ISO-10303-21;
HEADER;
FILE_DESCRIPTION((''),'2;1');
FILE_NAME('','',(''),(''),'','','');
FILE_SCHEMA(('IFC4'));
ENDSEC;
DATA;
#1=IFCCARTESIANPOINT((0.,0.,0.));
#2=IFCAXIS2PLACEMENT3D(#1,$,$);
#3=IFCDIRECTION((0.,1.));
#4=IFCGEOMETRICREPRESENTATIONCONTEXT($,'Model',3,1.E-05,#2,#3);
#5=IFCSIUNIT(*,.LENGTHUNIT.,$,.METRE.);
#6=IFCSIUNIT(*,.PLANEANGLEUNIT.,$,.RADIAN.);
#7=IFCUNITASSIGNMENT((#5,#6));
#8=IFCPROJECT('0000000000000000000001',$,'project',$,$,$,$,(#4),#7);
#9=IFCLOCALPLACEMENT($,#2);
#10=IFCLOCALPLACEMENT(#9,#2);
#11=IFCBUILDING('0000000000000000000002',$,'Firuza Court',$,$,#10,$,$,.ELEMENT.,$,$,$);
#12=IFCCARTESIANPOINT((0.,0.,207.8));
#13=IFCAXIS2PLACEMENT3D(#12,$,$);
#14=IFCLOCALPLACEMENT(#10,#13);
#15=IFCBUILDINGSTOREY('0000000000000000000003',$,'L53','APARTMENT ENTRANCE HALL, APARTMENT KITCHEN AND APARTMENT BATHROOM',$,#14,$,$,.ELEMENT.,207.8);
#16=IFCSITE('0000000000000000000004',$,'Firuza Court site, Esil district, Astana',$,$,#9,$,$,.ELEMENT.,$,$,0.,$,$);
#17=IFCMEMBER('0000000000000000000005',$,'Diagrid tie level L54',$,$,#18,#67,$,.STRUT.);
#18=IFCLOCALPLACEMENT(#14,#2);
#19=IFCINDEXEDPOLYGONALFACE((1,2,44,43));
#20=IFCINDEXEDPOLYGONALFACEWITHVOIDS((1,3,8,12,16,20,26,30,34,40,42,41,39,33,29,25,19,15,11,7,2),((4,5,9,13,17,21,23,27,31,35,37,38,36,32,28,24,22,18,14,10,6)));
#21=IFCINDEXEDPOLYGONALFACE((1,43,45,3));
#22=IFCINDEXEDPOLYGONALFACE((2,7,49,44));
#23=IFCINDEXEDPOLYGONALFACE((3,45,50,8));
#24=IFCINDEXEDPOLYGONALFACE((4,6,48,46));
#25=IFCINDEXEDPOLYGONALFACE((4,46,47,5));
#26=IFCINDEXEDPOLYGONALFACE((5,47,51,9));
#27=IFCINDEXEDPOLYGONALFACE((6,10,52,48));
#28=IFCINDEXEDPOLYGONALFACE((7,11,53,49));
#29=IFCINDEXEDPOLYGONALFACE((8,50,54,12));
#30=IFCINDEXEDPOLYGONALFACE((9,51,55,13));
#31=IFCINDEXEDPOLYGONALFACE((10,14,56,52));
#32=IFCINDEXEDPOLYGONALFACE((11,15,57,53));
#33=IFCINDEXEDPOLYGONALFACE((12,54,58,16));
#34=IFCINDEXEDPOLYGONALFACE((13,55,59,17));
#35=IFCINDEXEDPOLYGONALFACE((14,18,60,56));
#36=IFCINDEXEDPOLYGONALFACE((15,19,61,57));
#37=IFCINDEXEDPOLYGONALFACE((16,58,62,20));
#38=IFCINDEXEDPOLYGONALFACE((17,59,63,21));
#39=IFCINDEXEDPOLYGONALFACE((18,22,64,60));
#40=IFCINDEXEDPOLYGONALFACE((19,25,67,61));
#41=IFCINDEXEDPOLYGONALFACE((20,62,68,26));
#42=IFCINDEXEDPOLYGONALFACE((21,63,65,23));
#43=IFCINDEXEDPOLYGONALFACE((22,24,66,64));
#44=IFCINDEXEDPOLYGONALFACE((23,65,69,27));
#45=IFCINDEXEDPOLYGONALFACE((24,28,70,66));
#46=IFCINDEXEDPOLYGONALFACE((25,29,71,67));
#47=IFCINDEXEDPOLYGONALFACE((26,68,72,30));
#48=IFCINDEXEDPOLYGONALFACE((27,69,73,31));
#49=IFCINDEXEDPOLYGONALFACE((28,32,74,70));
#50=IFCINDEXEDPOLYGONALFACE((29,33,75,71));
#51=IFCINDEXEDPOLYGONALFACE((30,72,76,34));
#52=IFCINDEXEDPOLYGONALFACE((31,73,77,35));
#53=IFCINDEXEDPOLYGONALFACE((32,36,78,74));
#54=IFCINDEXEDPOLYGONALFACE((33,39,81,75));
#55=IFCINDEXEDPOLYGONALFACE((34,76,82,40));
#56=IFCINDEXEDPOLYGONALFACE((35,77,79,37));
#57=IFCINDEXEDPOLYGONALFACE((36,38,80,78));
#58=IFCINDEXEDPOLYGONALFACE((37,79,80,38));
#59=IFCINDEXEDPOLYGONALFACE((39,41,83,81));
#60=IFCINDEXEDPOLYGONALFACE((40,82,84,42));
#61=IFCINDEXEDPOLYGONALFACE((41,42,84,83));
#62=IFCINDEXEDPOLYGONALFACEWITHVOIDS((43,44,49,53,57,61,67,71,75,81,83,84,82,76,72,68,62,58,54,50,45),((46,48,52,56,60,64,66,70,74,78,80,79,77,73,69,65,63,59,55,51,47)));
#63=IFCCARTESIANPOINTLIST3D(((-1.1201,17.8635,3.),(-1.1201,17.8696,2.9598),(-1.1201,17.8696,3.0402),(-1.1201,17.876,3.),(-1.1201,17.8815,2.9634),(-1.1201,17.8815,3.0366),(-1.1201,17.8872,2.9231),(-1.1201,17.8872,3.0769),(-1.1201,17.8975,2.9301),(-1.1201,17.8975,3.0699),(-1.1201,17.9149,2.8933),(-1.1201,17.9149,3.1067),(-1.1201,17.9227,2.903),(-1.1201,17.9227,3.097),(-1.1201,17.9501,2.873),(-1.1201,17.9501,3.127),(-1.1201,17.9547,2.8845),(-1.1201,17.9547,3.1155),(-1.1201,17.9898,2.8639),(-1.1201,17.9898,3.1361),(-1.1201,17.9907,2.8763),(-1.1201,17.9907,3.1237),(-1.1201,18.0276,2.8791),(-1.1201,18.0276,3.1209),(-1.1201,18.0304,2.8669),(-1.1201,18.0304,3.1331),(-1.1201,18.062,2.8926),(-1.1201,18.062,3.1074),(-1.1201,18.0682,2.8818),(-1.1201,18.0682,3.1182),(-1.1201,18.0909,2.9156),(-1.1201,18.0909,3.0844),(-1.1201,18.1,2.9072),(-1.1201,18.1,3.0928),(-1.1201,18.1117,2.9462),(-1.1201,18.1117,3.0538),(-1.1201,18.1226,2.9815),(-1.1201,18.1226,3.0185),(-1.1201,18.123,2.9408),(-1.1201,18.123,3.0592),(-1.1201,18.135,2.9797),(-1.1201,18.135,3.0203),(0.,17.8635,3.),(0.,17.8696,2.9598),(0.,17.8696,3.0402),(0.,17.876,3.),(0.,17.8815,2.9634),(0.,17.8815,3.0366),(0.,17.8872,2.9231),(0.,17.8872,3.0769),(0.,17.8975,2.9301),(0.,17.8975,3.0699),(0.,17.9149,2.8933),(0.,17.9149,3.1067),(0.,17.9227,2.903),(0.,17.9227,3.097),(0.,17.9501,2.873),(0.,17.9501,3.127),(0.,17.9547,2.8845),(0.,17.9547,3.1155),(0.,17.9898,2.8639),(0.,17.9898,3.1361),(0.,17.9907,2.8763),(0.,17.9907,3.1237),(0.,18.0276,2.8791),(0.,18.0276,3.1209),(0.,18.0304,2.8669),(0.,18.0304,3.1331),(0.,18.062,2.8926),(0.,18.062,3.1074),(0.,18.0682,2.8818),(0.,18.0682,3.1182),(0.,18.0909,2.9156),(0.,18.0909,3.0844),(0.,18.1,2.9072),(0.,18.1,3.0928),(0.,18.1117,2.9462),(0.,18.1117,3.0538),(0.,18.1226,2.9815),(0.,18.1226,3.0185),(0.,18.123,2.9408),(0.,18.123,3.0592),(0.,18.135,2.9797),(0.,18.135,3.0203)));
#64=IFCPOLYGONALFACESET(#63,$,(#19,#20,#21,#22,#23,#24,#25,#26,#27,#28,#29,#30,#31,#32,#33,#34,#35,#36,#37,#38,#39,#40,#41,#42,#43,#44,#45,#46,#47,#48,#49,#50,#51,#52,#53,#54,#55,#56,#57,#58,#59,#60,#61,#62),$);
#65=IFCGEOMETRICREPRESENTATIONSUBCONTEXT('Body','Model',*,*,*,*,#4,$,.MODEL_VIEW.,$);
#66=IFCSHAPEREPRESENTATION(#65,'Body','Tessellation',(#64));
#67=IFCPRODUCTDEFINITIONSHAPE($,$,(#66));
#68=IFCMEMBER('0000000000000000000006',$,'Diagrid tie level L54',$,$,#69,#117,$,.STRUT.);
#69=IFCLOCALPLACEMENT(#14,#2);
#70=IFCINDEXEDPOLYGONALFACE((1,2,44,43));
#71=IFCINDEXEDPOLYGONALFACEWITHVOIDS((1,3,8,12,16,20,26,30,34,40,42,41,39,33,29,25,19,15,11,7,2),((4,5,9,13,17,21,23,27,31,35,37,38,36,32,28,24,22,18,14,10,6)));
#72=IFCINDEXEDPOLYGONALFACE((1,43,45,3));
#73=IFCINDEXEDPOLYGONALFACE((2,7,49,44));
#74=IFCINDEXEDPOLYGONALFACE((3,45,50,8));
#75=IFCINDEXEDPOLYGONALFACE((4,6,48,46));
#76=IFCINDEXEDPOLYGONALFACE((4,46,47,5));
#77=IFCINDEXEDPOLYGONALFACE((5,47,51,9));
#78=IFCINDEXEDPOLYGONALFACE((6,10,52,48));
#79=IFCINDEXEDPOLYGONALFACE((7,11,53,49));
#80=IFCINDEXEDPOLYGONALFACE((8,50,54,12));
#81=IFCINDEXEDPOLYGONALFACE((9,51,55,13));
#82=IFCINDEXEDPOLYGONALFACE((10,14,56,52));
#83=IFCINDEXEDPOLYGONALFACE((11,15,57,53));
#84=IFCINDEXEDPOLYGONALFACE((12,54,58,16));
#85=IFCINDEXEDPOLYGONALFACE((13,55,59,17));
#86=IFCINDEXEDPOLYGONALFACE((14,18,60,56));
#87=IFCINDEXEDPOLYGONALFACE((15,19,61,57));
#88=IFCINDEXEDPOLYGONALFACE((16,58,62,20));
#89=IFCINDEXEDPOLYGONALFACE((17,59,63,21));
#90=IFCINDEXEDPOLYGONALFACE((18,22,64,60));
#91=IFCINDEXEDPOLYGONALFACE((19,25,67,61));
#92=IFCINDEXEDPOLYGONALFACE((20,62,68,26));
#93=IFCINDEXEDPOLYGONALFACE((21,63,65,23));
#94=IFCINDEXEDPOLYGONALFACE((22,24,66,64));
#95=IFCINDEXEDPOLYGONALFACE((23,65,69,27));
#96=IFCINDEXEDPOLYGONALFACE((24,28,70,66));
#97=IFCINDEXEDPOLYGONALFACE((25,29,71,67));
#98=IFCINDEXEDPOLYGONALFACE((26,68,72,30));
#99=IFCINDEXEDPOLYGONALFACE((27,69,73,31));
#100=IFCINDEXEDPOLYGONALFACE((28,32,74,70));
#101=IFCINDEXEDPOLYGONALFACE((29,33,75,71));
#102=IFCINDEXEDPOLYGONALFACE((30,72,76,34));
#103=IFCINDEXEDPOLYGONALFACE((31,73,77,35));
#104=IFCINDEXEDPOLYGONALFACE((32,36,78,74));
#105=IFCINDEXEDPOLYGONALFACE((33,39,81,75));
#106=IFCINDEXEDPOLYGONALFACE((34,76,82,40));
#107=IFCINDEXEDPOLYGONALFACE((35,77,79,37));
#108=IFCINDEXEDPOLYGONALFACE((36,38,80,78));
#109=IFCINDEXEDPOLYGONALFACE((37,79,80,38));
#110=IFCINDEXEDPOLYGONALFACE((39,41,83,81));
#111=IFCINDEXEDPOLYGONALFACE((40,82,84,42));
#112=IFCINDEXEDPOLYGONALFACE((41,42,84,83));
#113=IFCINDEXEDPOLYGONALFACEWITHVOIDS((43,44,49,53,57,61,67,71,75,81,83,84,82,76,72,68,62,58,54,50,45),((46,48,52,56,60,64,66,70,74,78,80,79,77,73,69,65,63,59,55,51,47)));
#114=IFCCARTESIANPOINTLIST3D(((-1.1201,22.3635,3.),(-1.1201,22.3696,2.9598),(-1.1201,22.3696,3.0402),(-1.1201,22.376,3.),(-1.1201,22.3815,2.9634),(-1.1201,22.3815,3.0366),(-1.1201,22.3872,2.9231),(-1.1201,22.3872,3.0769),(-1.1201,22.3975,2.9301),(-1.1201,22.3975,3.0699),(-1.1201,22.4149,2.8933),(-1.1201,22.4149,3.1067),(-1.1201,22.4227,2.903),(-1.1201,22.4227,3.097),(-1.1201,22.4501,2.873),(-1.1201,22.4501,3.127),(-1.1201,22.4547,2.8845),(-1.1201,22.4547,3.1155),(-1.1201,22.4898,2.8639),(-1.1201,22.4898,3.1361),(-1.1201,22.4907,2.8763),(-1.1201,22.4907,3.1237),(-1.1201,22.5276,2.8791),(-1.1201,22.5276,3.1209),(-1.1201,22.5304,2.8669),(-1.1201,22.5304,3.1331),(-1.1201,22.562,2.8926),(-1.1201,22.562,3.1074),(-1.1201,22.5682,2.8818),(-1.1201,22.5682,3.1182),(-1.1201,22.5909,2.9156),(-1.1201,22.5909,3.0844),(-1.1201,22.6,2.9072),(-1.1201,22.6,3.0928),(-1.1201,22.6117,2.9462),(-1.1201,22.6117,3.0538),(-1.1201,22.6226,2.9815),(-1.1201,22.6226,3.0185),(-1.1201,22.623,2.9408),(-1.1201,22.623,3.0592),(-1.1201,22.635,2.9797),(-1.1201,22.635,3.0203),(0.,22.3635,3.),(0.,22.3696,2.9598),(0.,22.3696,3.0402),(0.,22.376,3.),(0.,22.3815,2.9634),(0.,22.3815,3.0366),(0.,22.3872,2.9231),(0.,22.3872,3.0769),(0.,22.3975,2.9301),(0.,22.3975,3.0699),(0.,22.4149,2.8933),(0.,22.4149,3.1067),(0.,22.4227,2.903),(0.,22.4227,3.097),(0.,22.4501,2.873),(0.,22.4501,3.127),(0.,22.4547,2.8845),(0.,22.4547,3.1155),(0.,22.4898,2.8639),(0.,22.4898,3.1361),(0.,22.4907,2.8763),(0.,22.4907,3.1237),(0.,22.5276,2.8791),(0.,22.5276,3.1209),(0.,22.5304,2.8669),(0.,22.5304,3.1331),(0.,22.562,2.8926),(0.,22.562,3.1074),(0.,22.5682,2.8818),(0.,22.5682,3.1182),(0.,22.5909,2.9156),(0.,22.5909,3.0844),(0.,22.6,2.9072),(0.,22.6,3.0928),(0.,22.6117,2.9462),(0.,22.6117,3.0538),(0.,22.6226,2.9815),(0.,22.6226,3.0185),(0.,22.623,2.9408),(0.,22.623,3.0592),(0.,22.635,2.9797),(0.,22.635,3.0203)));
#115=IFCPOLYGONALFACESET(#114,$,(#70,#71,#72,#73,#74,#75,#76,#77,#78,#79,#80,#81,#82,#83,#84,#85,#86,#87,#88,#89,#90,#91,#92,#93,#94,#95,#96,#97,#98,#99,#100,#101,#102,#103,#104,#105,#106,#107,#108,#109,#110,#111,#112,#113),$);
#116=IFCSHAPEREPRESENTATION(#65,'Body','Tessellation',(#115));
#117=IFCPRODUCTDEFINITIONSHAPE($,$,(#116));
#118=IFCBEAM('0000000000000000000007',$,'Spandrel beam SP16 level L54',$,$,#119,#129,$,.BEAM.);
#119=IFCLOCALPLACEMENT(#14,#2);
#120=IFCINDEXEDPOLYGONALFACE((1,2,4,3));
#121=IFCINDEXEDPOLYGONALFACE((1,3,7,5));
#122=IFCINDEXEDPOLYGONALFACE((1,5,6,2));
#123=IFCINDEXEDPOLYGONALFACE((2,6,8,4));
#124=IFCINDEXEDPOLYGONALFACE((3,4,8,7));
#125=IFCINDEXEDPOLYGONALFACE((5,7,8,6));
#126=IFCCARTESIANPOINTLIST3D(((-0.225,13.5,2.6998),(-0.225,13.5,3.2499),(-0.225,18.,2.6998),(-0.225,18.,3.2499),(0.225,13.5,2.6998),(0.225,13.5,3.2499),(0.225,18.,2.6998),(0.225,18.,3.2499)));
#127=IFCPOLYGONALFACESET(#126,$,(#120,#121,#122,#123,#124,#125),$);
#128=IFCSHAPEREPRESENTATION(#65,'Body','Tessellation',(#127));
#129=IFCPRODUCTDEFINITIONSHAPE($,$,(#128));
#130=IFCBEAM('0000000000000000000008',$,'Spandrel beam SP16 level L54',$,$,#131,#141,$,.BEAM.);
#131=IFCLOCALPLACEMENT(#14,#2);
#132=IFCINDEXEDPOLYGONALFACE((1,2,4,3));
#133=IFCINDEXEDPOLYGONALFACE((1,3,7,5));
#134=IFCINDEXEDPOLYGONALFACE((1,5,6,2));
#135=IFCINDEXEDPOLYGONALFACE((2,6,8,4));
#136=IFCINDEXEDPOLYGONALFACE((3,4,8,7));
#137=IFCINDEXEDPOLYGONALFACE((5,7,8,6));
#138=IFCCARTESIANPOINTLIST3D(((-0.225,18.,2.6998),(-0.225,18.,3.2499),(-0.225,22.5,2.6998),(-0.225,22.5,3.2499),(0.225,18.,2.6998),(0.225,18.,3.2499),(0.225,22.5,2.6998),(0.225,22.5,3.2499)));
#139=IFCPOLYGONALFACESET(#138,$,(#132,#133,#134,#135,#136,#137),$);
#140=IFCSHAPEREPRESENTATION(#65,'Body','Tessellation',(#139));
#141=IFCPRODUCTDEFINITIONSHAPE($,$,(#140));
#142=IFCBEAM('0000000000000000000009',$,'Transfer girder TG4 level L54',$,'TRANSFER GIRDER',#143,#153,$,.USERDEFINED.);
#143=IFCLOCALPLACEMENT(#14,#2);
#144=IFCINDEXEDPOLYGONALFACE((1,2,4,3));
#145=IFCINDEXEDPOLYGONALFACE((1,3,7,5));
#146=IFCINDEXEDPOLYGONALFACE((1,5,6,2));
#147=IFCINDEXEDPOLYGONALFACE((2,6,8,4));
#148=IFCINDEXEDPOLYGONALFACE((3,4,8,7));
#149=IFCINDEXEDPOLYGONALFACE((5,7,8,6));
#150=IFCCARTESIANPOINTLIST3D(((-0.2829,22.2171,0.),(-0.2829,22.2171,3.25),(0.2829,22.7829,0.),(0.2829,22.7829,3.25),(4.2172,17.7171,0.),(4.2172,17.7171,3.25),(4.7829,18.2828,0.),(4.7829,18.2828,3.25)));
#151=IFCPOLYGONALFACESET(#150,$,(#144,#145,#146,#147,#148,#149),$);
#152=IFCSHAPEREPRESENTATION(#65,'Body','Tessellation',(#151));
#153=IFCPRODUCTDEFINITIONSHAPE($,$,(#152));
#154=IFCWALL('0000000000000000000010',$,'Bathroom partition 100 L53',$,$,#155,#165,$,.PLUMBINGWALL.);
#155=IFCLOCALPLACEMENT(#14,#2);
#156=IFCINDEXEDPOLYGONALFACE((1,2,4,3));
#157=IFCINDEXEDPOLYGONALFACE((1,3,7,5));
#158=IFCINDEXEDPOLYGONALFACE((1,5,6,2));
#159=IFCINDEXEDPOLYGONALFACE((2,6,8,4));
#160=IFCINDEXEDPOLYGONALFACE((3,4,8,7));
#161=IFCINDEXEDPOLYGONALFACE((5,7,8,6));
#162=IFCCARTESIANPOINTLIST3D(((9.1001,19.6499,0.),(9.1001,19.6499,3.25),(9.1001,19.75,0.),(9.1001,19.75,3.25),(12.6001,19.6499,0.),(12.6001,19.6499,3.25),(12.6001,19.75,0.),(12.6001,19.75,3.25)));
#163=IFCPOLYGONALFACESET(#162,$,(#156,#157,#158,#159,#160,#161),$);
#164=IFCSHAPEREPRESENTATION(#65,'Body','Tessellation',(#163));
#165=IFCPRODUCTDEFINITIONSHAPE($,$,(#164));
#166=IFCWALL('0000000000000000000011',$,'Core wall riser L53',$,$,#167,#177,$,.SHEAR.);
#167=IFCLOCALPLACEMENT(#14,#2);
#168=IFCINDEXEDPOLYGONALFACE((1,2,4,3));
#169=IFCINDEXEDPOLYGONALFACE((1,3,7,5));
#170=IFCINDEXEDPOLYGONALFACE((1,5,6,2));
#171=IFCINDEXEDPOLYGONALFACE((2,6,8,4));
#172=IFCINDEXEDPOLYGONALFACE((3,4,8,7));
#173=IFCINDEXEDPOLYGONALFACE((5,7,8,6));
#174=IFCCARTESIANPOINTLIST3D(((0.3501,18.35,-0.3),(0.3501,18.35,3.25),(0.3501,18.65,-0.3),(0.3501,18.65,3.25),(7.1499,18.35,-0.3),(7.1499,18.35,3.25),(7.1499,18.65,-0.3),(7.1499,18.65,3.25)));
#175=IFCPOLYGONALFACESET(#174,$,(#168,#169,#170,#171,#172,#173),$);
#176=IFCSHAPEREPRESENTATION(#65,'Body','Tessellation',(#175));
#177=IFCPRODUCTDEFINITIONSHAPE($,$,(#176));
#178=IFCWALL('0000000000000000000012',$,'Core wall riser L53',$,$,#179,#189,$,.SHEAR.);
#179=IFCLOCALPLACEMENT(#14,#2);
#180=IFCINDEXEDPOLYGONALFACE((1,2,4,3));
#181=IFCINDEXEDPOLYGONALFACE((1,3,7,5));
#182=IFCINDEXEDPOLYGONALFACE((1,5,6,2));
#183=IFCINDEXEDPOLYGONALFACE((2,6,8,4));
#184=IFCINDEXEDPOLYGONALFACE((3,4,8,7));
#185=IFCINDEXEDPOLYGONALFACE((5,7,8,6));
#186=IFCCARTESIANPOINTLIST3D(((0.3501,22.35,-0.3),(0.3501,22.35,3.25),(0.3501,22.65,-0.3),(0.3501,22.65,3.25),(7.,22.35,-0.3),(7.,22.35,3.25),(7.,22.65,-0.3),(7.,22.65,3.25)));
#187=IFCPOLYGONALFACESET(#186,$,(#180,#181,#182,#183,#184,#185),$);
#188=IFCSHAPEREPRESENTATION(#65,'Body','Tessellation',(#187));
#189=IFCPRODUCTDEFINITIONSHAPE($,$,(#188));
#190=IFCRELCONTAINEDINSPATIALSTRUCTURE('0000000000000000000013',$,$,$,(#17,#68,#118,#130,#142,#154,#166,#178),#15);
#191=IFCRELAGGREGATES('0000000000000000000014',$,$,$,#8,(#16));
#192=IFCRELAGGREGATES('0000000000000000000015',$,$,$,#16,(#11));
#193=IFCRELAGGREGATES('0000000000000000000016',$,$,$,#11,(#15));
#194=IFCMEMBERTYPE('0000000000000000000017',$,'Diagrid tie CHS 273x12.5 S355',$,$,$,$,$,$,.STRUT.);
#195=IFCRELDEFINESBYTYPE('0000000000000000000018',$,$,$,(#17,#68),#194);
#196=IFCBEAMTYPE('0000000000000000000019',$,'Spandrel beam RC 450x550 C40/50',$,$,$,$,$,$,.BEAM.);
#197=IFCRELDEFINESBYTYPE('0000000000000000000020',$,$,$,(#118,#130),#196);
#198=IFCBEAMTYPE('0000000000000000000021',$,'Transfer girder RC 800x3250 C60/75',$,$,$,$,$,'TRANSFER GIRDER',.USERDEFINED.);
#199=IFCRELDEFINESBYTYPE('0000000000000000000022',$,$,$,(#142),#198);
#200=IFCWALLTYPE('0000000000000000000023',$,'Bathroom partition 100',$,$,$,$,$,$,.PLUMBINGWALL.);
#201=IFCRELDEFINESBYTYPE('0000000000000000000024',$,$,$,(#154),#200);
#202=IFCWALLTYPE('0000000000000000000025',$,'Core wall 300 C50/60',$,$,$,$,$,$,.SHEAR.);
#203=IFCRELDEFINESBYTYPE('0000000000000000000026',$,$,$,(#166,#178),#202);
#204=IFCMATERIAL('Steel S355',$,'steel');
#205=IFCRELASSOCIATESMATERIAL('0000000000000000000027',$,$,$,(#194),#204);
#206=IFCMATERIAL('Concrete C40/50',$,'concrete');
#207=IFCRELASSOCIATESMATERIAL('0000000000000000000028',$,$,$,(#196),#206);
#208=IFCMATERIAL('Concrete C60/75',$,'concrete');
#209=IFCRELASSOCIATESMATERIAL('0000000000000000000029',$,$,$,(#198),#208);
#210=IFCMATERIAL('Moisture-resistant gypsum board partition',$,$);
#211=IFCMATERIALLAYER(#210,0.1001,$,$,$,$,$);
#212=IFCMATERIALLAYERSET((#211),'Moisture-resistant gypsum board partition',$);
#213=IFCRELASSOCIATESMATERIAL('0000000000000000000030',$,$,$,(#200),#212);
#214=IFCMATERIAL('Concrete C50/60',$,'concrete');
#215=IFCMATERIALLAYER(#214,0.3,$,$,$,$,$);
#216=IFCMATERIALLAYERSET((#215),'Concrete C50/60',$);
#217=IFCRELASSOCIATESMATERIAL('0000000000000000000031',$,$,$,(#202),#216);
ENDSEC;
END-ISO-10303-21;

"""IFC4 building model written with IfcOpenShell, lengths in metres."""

from ifc_helpers import new_model, si_unit, direction, frame, frame_2d, origin, origin_2d, place, context, subcontext, project, spatial, rectangle, hollow_circle, extrude, material, layer, layer_set, material_profile, profile_set, type_object, element, save


model = new_model("IFC4")

# Units and contexts
model_context = context("Model", 3, precision=1e-05, world=origin(), true_north=direction((0.0, 1.0)))
body_context = subcontext(model_context, "Body", "Model", "MODEL_VIEW")
ifc_project = project(units=[si_unit("LENGTHUNIT", "METRE"), si_unit("PLANEANGLEUNIT", "RADIAN")], contexts=[model_context])

# Site, building, storey
site_placement = place(None, origin())
site = spatial("IfcSite", under=ifc_project, at=site_placement, Name="Firuza Court site, Esil district, Astana", CompositionType="ELEMENT", RefElevation=0.0)
building_placement = place(site_placement, origin())
building = spatial("IfcBuilding", under=site, at=building_placement, Name="Firuza Court", CompositionType="ELEMENT")
storey_placement = place(building_placement, frame((0.0, 0.0, 207.8)))
storey = spatial("IfcBuildingStorey", under=building, at=storey_placement, Name="L53", Description="APARTMENT ENTRANCE HALL, APARTMENT KITCHEN AND APARTMENT BATHROOM", CompositionType="ELEMENT", Elevation=207.8)

# Members
ifc_material_1 = material(Name="Steel S355", Category="steel")
ifc_material_profile_1 = material_profile(ifc_material_1, hollow_circle(Radius=0.1365, WallThickness=0.0125, at=origin_2d()), Name="CHS 273x12.5")
ifc_profile_set_1 = profile_set([ifc_material_profile_1], Name="Steel S355")
member_type_1 = type_object("IfcMemberType", Name="Diagrid tie CHS 273x12.5 S355", PredefinedType="STRUT", material=ifc_profile_set_1)
for number, where, z_axis, x_axis, name in (
    (1, (0.0, 18.0, 3.0), (-1.0, 0.0, 0.0), (0.0, -1.0, 0.0), "Diagrid tie level L54"),
    (2, (0.0, 22.5, 3.0), (-1.0, 0.0, 0.0), (0.0, -1.0, 0.0), "Diagrid tie level L54"),
):
    element("IfcMember", number, at=place(storey_placement, frame(where, z_axis=z_axis, x_axis=x_axis)), inside=storey, type_object=member_type_1, Name=name, PredefinedType="STRUT", context=body_context, shape_type="SweptSolid", body=[
        extrude(hollow_circle(Radius=0.1365, WallThickness=0.0125, at=origin_2d()), origin(), (0.0, 0.0, 1.0), 1.1201),
    ])

# Beams
ifc_material_2 = material(Name="Concrete C40/50", Category="concrete")
ifc_material_profile_2 = material_profile(ifc_material_2, rectangle(XDim=0.45, YDim=0.55, at=origin_2d()), Name="RC 450x550")
ifc_profile_set_2 = profile_set([ifc_material_profile_2], Name="Concrete C40/50")
beam_type_1 = type_object("IfcBeamType", Name="Spandrel beam RC 450x550 C40/50", PredefinedType="BEAM", material=ifc_profile_set_2)
for number, where, z_axis, x_axis, name in (
    (3, (0.0, 18.0, 2.9749), (0.0, -1.0, 0.0), (1.0, 0.0, 0.0), "Spandrel beam SP16 level L54"),
    (4, (0.0, 22.5, 2.9749), (0.0, -1.0, 0.0), (1.0, 0.0, 0.0), "Spandrel beam SP16 level L54"),
):
    element("IfcBeam", number, at=place(storey_placement, frame(where, z_axis=z_axis, x_axis=x_axis)), inside=storey, type_object=beam_type_1, Name=name, PredefinedType="BEAM", context=body_context, shape_type="SweptSolid", body=[
        extrude(rectangle(XDim=0.45, YDim=0.55, at=origin_2d()), origin(), (0.0, 0.0, 1.0), 4.5),
    ])
ifc_material_3 = material(Name="Concrete C60/75", Category="concrete")
ifc_material_profile_3 = material_profile(ifc_material_3, rectangle(XDim=0.8, YDim=3.25, at=origin_2d()), Name="RC 800x3250")
ifc_profile_set_3 = profile_set([ifc_material_profile_3], Name="Concrete C60/75")
beam_type_2 = type_object("IfcBeamType", Name="Transfer girder RC 800x3250 C60/75", ElementType="TRANSFER GIRDER", PredefinedType="USERDEFINED", material=ifc_profile_set_3)
beam_1_placement = place(storey_placement, frame((0.0, 22.5, 1.625), z_axis=(0.707107, -0.707107, 0.0), x_axis=(0.707107, 0.707107, 0.0)))
element("IfcBeam", 5, at=beam_1_placement, inside=storey, type_object=beam_type_2, Name="Transfer girder TG4 level L54", ObjectType="TRANSFER GIRDER", PredefinedType="USERDEFINED", context=body_context, shape_type="SweptSolid", body=[
    extrude(rectangle(XDim=0.8, YDim=3.25, at=origin_2d()), origin(), (0.0, 0.0, 1.0), 6.364),
])

# Walls
ifc_material_4 = material(Name="Moisture-resistant gypsum board partition")
ifc_layer_1 = layer(ifc_material_4, 0.1001)
ifc_layer_set_1 = layer_set([ifc_layer_1], Name="Moisture-resistant gypsum board partition")
wall_type_1 = type_object("IfcWallType", Name="Bathroom partition 100", PredefinedType="PLUMBINGWALL", material=ifc_layer_set_1)
wall_1_placement = place(storey_placement, frame((9.1001, 19.7, 0.0), z_axis=(0.0, 0.0, 1.0), x_axis=(1.0, 0.0, 0.0)))
element("IfcWall", 6, at=wall_1_placement, inside=storey, type_object=wall_type_1, Name="Bathroom partition 100 L53", PredefinedType="PLUMBINGWALL", context=body_context, shape_type="SweptSolid", body=[
    extrude(rectangle(XDim=3.5, YDim=0.1001, at=frame_2d((1.75, 0.0))), origin(), (0.0, 0.0, 1.0), 3.25),
])
ifc_material_5 = material(Name="Concrete C50/60", Category="concrete")
ifc_layer_2 = layer(ifc_material_5, 0.3)
ifc_layer_set_2 = layer_set([ifc_layer_2], Name="Concrete C50/60")
wall_type_2 = type_object("IfcWallType", Name="Core wall 300 C50/60", PredefinedType="SHEAR", material=ifc_layer_set_2)
wall_2_placement = place(storey_placement, frame((0.3501, 18.5, -0.3), z_axis=(0.0, 0.0, 1.0), x_axis=(1.0, 0.0, 0.0)))
element("IfcWall", 7, at=wall_2_placement, inside=storey, type_object=wall_type_2, Name="Core wall riser L53", PredefinedType="SHEAR", context=body_context, shape_type="SweptSolid", body=[
    extrude(rectangle(XDim=6.7998, YDim=0.3, at=frame_2d((3.3999, 0.0))), origin(), (0.0, 0.0, 1.0), 3.55),
])
wall_3_placement = place(storey_placement, frame((0.3501, 22.5, -0.3), z_axis=(0.0, 0.0, 1.0), x_axis=(1.0, 0.0, 0.0)))
element("IfcWall", 8, at=wall_3_placement, inside=storey, type_object=wall_type_2, Name="Core wall riser L53", PredefinedType="SHEAR", context=body_context, shape_type="SweptSolid", body=[
    extrude(rectangle(XDim=6.6499, YDim=0.3, at=frame_2d((3.325, 0.0))), origin(), (0.0, 0.0, 1.0), 3.55),
])

save(model, "model.ifc")
